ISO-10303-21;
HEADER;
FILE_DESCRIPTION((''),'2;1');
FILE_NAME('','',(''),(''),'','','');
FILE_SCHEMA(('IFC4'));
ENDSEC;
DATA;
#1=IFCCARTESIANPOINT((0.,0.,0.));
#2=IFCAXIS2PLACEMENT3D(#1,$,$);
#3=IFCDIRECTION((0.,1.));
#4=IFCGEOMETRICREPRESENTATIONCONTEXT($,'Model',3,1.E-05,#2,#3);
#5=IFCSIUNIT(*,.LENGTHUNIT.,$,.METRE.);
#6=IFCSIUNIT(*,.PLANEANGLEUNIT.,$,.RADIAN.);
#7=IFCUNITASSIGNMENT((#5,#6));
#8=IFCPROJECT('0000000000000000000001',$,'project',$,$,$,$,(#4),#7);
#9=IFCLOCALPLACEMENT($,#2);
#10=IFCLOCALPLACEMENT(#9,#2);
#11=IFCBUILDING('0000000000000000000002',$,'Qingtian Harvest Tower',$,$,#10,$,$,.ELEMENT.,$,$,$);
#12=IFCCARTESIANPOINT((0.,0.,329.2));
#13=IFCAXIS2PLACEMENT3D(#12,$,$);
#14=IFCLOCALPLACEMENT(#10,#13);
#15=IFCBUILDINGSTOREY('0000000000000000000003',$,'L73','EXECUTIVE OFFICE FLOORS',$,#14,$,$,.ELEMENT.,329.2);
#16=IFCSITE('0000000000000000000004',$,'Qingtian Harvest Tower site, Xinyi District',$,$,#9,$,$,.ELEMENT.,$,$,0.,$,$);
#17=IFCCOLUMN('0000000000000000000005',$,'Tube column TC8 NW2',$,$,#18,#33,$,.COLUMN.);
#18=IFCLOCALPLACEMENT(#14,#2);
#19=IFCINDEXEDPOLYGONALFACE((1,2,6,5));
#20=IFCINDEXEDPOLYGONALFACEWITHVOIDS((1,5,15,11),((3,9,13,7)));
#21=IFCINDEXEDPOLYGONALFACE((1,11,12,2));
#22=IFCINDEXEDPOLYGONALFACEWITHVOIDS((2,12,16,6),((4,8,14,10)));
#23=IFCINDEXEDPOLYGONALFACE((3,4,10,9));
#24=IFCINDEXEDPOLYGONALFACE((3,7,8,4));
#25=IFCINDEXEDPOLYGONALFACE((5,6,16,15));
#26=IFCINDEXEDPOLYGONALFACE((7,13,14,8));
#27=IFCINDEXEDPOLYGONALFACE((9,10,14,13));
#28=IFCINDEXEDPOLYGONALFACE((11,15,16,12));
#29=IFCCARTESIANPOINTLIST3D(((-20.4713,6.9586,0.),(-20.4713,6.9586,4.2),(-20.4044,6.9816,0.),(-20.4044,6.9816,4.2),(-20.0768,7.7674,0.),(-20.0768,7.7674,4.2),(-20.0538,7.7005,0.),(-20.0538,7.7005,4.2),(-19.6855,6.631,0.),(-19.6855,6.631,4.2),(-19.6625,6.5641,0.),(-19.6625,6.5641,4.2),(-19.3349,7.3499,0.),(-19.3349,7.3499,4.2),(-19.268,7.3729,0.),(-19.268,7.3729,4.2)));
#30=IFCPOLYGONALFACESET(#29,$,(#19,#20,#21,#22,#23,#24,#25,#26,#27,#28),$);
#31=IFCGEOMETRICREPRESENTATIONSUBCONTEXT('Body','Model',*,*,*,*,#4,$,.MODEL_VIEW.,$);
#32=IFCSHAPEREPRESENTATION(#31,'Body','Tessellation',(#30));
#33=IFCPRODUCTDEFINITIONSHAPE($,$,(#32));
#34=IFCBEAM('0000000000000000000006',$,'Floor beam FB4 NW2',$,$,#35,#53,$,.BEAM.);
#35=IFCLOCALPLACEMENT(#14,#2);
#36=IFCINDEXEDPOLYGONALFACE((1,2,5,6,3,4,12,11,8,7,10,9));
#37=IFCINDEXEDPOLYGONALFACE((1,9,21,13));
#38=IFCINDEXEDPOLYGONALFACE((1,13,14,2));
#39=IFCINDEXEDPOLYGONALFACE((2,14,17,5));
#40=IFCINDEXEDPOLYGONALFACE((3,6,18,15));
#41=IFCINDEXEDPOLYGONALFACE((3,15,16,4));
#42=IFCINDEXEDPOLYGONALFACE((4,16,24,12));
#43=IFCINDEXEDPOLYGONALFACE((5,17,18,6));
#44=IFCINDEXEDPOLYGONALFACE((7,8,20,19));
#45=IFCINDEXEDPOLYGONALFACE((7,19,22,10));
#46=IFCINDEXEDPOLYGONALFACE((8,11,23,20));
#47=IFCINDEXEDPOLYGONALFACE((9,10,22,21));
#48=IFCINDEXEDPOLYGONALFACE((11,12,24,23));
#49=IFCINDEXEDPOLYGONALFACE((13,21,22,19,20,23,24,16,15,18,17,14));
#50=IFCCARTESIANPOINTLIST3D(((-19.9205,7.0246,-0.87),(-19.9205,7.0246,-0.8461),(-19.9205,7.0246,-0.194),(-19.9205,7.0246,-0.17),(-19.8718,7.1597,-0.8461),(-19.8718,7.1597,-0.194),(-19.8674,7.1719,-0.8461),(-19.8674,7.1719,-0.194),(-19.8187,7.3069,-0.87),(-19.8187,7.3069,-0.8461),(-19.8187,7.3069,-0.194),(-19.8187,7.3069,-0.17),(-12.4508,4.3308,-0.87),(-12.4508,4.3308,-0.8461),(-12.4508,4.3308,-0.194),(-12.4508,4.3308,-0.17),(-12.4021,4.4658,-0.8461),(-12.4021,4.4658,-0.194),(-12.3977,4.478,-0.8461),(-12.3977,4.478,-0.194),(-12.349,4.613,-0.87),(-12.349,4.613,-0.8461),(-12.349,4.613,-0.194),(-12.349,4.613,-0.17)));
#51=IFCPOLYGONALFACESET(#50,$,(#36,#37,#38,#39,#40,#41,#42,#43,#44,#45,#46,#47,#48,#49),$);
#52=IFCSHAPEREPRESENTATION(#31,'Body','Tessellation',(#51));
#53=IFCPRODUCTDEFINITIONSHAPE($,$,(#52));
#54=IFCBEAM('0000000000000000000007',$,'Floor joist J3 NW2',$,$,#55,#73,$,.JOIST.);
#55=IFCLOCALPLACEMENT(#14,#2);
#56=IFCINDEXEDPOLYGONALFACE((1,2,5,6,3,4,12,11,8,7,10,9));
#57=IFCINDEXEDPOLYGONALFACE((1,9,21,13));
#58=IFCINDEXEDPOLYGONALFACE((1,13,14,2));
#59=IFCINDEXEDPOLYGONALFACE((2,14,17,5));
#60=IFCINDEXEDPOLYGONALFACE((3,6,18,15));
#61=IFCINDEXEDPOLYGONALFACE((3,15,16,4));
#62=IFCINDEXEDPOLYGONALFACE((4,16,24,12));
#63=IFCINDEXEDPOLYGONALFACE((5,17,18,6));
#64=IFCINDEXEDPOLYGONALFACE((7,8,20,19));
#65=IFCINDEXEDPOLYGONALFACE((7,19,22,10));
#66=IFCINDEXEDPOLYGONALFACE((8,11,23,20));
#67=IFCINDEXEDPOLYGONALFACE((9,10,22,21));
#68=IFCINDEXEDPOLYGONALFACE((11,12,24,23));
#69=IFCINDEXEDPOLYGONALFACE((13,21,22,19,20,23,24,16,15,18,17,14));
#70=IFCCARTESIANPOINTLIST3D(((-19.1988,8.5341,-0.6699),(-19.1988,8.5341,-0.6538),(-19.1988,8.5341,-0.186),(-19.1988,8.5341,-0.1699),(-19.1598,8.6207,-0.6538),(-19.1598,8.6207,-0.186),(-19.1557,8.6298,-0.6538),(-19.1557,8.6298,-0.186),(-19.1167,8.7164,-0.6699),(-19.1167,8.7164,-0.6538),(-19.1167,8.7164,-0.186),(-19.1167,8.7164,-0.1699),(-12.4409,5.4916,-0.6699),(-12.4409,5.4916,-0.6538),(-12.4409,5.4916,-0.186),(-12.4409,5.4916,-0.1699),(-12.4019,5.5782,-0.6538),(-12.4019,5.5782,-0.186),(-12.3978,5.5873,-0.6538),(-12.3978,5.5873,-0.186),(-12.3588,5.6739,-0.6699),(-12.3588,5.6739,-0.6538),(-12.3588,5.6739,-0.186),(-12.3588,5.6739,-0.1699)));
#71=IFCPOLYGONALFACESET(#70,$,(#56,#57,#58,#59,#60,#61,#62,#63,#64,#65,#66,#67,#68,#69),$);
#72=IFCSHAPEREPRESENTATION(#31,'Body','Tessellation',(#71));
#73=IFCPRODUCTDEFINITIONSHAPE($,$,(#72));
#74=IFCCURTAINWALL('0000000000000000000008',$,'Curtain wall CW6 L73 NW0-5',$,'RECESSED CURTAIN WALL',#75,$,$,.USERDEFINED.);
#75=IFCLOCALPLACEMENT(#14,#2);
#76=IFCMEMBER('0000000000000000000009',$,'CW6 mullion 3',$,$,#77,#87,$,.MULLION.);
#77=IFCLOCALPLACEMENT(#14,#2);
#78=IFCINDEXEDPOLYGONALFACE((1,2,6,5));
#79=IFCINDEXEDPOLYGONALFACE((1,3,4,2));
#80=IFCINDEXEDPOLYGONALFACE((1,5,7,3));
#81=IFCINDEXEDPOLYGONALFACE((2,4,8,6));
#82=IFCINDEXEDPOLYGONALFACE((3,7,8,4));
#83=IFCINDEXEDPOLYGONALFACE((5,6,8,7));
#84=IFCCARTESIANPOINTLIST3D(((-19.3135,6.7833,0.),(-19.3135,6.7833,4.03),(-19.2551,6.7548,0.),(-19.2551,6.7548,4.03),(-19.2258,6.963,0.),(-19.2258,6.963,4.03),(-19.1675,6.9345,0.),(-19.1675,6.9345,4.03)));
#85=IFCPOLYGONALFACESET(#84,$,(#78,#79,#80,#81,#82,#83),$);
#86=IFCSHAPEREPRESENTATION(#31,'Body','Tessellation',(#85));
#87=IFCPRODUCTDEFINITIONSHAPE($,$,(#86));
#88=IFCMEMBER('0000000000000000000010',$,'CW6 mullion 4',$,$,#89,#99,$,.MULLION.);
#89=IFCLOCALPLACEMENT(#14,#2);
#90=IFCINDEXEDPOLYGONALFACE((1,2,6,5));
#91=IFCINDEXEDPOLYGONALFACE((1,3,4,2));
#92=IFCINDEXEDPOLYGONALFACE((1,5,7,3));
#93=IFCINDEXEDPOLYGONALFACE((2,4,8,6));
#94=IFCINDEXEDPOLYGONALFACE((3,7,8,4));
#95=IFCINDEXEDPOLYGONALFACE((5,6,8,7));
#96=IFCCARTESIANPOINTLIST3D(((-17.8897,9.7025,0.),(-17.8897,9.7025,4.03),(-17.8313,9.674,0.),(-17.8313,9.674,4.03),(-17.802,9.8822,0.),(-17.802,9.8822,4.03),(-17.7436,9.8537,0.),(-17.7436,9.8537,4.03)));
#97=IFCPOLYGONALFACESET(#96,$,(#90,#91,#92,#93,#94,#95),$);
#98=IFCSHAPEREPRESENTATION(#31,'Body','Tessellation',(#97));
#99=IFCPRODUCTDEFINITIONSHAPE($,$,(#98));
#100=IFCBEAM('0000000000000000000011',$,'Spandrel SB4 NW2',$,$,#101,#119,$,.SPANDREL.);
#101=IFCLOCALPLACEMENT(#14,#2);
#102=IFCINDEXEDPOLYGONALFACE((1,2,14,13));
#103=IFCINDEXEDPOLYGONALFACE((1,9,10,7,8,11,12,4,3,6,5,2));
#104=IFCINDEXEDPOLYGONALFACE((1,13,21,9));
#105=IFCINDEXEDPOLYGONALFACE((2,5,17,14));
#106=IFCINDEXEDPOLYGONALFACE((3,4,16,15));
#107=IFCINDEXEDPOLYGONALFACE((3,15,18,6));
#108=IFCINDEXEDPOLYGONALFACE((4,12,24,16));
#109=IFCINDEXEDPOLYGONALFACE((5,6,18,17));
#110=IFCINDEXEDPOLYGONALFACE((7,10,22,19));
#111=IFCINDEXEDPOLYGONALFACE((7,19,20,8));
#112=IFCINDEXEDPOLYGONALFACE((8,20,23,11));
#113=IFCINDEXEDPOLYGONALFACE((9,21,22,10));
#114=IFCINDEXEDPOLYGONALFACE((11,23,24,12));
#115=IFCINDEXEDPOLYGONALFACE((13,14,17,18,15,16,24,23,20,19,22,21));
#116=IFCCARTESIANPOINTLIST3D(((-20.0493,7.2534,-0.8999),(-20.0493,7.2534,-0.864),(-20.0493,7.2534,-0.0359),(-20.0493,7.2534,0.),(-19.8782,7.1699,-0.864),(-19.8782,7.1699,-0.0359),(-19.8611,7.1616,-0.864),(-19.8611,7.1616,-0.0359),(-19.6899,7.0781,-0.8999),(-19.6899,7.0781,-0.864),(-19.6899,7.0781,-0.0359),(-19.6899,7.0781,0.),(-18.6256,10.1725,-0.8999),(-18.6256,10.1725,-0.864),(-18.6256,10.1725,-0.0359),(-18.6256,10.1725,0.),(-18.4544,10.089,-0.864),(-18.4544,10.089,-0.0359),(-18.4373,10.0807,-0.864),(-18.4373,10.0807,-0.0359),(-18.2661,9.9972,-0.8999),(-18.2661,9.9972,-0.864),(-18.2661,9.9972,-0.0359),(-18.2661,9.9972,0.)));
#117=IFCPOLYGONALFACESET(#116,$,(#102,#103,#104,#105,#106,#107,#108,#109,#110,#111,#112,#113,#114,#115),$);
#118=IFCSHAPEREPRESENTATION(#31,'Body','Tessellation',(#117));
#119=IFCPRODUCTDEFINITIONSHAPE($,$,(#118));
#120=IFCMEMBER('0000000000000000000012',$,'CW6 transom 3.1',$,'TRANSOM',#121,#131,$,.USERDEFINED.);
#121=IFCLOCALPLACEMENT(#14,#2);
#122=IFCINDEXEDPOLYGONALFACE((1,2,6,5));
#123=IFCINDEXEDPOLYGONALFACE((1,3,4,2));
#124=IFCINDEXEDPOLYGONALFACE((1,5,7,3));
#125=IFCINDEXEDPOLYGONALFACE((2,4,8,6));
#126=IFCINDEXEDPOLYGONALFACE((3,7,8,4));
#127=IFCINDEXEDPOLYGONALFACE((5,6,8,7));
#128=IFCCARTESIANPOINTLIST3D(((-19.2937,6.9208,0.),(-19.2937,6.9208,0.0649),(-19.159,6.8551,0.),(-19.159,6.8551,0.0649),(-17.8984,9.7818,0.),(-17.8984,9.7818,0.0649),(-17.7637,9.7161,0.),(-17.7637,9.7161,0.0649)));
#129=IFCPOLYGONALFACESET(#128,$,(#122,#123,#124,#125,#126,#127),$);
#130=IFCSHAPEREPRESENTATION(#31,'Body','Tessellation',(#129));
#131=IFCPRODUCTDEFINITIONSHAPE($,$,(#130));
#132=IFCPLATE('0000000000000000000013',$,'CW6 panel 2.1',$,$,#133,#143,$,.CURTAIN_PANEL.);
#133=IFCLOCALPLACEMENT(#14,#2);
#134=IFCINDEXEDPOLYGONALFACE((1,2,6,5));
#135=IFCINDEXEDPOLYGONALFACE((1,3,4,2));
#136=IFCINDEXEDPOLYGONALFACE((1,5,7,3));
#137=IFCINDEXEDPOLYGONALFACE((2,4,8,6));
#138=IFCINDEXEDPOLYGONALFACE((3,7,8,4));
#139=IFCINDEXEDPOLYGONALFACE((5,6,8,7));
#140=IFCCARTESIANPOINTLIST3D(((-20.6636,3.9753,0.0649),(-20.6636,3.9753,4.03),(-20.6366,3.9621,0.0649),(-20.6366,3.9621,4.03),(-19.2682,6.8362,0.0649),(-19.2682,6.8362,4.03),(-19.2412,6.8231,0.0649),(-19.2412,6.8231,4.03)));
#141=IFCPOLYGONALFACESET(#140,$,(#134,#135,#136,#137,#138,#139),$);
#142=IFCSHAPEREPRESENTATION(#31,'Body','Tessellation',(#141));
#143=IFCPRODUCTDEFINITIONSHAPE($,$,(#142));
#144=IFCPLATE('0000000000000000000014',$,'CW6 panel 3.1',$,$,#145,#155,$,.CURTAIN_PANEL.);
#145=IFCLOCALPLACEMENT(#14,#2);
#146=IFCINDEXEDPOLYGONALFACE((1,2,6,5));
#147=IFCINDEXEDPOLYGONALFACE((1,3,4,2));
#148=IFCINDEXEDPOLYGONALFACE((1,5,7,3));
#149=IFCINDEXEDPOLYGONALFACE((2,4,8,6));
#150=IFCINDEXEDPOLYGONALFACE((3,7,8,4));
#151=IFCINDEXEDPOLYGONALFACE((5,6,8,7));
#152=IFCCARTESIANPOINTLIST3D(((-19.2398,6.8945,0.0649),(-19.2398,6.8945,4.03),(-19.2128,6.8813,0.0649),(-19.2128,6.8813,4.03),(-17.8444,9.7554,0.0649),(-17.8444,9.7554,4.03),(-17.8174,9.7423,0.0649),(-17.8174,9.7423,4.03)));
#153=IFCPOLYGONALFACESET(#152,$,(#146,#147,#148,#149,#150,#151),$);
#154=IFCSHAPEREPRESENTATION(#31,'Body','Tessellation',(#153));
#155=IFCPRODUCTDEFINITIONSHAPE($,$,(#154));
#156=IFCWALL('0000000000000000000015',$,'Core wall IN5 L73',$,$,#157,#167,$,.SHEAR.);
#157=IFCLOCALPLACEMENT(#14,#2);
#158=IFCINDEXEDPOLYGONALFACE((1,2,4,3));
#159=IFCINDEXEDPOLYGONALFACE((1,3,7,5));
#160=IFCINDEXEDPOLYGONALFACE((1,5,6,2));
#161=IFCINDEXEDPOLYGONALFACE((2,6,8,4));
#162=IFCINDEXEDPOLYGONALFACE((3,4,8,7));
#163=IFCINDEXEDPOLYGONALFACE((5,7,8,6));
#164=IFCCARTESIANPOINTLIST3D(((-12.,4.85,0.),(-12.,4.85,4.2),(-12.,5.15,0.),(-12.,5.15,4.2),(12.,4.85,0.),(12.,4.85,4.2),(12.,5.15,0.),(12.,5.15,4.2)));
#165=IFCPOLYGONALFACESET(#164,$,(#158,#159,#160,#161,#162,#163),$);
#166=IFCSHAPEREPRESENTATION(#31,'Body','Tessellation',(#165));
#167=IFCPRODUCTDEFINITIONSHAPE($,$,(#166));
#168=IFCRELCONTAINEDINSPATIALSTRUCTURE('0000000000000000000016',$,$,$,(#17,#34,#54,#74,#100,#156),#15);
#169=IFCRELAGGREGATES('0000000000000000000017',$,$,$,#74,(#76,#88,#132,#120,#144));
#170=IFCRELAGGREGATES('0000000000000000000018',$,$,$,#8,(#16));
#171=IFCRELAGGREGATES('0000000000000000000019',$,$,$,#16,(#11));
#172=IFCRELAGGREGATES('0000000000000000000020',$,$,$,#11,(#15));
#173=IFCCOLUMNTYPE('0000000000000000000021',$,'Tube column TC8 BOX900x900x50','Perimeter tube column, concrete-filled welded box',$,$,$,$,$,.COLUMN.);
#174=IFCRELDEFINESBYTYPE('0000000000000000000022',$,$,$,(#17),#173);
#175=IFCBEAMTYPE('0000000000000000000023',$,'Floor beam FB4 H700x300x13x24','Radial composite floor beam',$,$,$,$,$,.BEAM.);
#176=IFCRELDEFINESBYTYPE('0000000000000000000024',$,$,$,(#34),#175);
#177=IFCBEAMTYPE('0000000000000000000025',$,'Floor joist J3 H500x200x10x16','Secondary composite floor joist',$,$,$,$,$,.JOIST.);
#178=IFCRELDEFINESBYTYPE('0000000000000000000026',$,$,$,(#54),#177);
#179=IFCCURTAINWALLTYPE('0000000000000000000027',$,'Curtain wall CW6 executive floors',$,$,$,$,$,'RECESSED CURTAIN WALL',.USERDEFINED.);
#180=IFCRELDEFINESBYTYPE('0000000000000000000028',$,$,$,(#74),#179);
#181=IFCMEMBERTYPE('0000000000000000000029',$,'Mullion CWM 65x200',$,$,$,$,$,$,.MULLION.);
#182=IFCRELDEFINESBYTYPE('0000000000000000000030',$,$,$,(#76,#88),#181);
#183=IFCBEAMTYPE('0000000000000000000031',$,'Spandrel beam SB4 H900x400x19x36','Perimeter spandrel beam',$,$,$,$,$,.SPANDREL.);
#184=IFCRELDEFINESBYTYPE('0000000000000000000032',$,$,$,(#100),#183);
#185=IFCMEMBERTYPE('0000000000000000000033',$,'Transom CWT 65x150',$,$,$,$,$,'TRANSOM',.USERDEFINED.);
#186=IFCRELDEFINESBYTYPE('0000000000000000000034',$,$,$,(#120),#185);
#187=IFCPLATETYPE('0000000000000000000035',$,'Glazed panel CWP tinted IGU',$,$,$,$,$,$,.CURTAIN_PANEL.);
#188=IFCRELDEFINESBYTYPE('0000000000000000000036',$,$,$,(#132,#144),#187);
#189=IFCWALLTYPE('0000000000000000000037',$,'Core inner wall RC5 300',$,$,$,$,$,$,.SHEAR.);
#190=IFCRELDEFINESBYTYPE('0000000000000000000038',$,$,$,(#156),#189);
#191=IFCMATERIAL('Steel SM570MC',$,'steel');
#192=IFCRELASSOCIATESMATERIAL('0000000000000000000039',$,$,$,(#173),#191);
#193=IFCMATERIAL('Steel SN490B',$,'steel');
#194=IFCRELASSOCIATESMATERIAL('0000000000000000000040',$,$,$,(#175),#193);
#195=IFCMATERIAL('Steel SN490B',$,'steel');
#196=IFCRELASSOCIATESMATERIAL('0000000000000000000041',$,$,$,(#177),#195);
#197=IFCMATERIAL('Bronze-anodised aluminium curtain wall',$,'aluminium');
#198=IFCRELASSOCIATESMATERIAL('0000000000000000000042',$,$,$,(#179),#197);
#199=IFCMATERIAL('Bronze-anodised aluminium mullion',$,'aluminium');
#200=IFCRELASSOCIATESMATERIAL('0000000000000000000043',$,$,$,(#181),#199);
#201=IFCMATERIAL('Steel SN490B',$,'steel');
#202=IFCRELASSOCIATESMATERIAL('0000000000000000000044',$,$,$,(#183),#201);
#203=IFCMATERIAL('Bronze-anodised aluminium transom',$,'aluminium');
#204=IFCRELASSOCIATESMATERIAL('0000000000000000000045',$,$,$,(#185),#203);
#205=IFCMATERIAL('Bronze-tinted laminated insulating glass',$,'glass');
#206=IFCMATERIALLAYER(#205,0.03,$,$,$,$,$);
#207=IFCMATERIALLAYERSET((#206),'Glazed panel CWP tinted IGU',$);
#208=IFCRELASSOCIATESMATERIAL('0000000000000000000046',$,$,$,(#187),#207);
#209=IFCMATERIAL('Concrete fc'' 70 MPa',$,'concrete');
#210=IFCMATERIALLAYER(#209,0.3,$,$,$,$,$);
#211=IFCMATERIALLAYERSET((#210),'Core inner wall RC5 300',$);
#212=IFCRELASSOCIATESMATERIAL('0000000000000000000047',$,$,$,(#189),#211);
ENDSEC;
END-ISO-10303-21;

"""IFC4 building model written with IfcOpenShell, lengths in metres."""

from ifc_helpers import new_model, si_unit, direction, frame, frame_2d, origin, origin_2d, place, context, subcontext, project, spatial, rectangle, hollow_rectangle, i_section, extrude, material, layer, layer_set, material_profile, profile_set, type_object, element, aggregate, save


model = new_model("IFC4")

# Units and contexts
model_context = context("Model", 3, precision=1e-05, world=origin(), true_north=direction((0.0, 1.0)))
body_context = subcontext(model_context, "Body", "Model", "MODEL_VIEW")
ifc_project = project(units=[si_unit("LENGTHUNIT", "METRE"), si_unit("PLANEANGLEUNIT", "RADIAN")], contexts=[model_context])

# Site, building, storey
site_placement = place(None, origin())
site = spatial("IfcSite", under=ifc_project, at=site_placement, Name="Qingtian Harvest Tower site, Xinyi District", CompositionType="ELEMENT", RefElevation=0.0)
building_placement = place(site_placement, origin())
building = spatial("IfcBuilding", under=site, at=building_placement, Name="Qingtian Harvest Tower", CompositionType="ELEMENT")
storey_placement = place(building_placement, frame((0.0, 0.0, 329.2)))
storey = spatial("IfcBuildingStorey", under=building, at=storey_placement, Name="L73", Description="EXECUTIVE OFFICE FLOORS", CompositionType="ELEMENT", Elevation=329.2)

# Column
ifc_material_1 = material(Name="Steel SM570MC", Category="steel")
ifc_material_profile_1 = material_profile(ifc_material_1, hollow_rectangle(XDim=0.8999, YDim=0.8999, WallThickness=0.05, at=origin_2d()), Name="BOX900x900x50")
ifc_profile_set_1 = profile_set([ifc_material_profile_1], Name="Steel SM570MC")
column_type = type_object("IfcColumnType", Name="Tube column TC8 BOX900x900x50", Description="Perimeter tube column, concrete-filled welded box", PredefinedType="COLUMN", material=ifc_profile_set_1)
column_placement = place(storey_placement, frame((-19.8696, 7.1658, 0.0), z_axis=(0.0, 0.0, 1.0), x_axis=(-0.438371, -0.898794, 0.0)))
element("IfcColumn", 1, at=column_placement, inside=storey, type_object=column_type, Name="Tube column TC8 NW2", PredefinedType="COLUMN", context=body_context, shape_type="SweptSolid", body=[
    extrude(hollow_rectangle(XDim=0.8999, YDim=0.8999, WallThickness=0.05, at=origin_2d()), origin(), (0.0, 0.0, 1.0), 4.2),
])

# Beams
ifc_material_2 = material(Name="Steel SN490B", Category="steel")
ifc_material_profile_2 = material_profile(ifc_material_2, i_section(OverallWidth=0.3, OverallDepth=0.7, WebThickness=0.0129, FlangeThickness=0.0239, at=origin_2d()), Name="H700x300x13x24")
ifc_profile_set_2 = profile_set([ifc_material_profile_2], Name="Steel SN490B")
beam_type_1 = type_object("IfcBeamType", Name="Floor beam FB4 H700x300x13x24", Description="Radial composite floor beam", PredefinedType="BEAM", material=ifc_profile_set_2)
beam_1_placement = place(storey_placement, frame((-19.8696, 7.1658, -0.52), z_axis=(0.940697, -0.339249, 0.0), x_axis=(0.339249, 0.940697, 0.0)))
element("IfcBeam", 2, at=beam_1_placement, inside=storey, type_object=beam_type_1, Name="Floor beam FB4 NW2", PredefinedType="BEAM", context=body_context, shape_type="SweptSolid", body=[
    extrude(i_section(OverallWidth=0.3, OverallDepth=0.7, WebThickness=0.0129, FlangeThickness=0.0239, at=origin_2d()), origin(), (0.0, 0.0, 1.0), 7.9407),
])
ifc_material_3 = material(Name="Steel SN490B", Category="steel")
ifc_material_profile_3 = material_profile(ifc_material_3, i_section(OverallWidth=0.2, OverallDepth=0.5, WebThickness=0.01, FlangeThickness=0.0161, at=origin_2d()), Name="H500x200x10x16")
ifc_profile_set_3 = profile_set([ifc_material_profile_3], Name="Steel SN490B")
beam_type_2 = type_object("IfcBeamType", Name="Floor joist J3 H500x200x10x16", Description="Secondary composite floor joist", PredefinedType="JOIST", material=ifc_profile_set_3)
beam_2_placement = place(storey_placement, frame((-19.1577, 8.6252, -0.4199), z_axis=(0.911848, -0.410529, 0.0), x_axis=(0.410529, 0.911848, 0.0)))
element("IfcBeam", 3, at=beam_2_placement, inside=storey, type_object=beam_type_2, Name="Floor joist J3 NW2", PredefinedType="JOIST", context=body_context, shape_type="SweptSolid", body=[
    extrude(i_section(OverallWidth=0.2, OverallDepth=0.5, WebThickness=0.01, FlangeThickness=0.0161, at=origin_2d()), origin(), (0.0, 0.0, 1.0), 7.4111),
])

# Curtain wall, members
ifc_material_4 = material(Name="Bronze-anodised aluminium curtain wall", Category="aluminium")
curtain_wall_type = type_object("IfcCurtainWallType", Name="Curtain wall CW6 executive floors", ElementType="RECESSED CURTAIN WALL", PredefinedType="USERDEFINED", material=ifc_material_4)
curtain_wall_placement = place(storey_placement, origin())
curtain_wall = element("IfcCurtainWall", 4, at=curtain_wall_placement, inside=storey, type_object=curtain_wall_type, Name="Curtain wall CW6 L73 NW0-5", ObjectType="RECESSED CURTAIN WALL", PredefinedType="USERDEFINED")
ifc_material_5 = material(Name="Bronze-anodised aluminium mullion", Category="aluminium")
ifc_material_profile_4 = material_profile(ifc_material_5, rectangle(XDim=0.0649, YDim=0.2, at=origin_2d()), Name="AL 65x200")
ifc_profile_set_4 = profile_set([ifc_material_profile_4], Name="Bronze-anodised aluminium mullion")
member_type_1 = type_object("IfcMemberType", Name="Mullion CWM 65x200", PredefinedType="MULLION", material=ifc_profile_set_4)
member_1_placement = place(storey_placement, frame((-19.2405, 6.8589, 0.0), z_axis=(0.0, 0.0, 1.0), x_axis=(-0.898794, 0.438371, 0.0)))
member_1 = element("IfcMember", 5, at=member_1_placement, type_object=member_type_1, Name="CW6 mullion 3", PredefinedType="MULLION", context=body_context, shape_type="SweptSolid", body=[
    extrude(rectangle(XDim=0.0649, YDim=0.2, at=origin_2d()), origin(), (0.0, 0.0, 1.0), 4.03),
])
member_2_placement = place(storey_placement, frame((-17.8167, 9.7781, 0.0), z_axis=(0.0, 0.0, 1.0), x_axis=(-0.898794, 0.438371, 0.0)))
member_2 = element("IfcMember", 6, at=member_2_placement, type_object=member_type_1, Name="CW6 mullion 4", PredefinedType="MULLION", context=body_context, shape_type="SweptSolid", body=[
    extrude(rectangle(XDim=0.0649, YDim=0.2, at=origin_2d()), origin(), (0.0, 0.0, 1.0), 4.03),
])

# Beam
ifc_material_6 = material(Name="Steel SN490B", Category="steel")
ifc_material_profile_5 = material_profile(ifc_material_6, i_section(OverallWidth=0.3999, OverallDepth=0.8999, WebThickness=0.019, FlangeThickness=0.0359, at=origin_2d()), Name="H900x400x19x36")
ifc_profile_set_5 = profile_set([ifc_material_profile_5], Name="Steel SN490B")
beam_type_3 = type_object("IfcBeamType", Name="Spandrel beam SB4 H900x400x19x36", Description="Perimeter spandrel beam", PredefinedType="SPANDREL", material=ifc_profile_set_5)
beam_3_placement = place(storey_placement, frame((-19.8696, 7.1658, -0.45), z_axis=(0.438382, 0.898789, 0.0), x_axis=(-0.898789, 0.438382, 0.0)))
element("IfcBeam", 7, at=beam_3_placement, inside=storey, type_object=beam_type_3, Name="Spandrel SB4 NW2", PredefinedType="SPANDREL", context=body_context, shape_type="SweptSolid", body=[
    extrude(i_section(OverallWidth=0.3999, OverallDepth=0.8999, WebThickness=0.019, FlangeThickness=0.0359, at=origin_2d()), origin(), (0.0, 0.0, 1.0), 3.2478),
])

# Member
ifc_material_7 = material(Name="Bronze-anodised aluminium transom", Category="aluminium")
ifc_material_profile_6 = material_profile(ifc_material_7, rectangle(XDim=0.1499, YDim=0.0649, at=origin_2d()), Name="AL 65x150")
ifc_profile_set_6 = profile_set([ifc_material_profile_6], Name="Bronze-anodised aluminium transom")
member_type_2 = type_object("IfcMemberType", Name="Transom CWT 65x150", ElementType="TRANSOM", PredefinedType="USERDEFINED", material=ifc_profile_set_6)
member_3_placement = place(storey_placement, frame((-19.2263, 6.8879, 0.0325), z_axis=(0.438325, 0.898816, 0.0), x_axis=(-0.898816, 0.438325, 0.0)))
member_3 = element("IfcMember", 8, at=member_3_placement, type_object=member_type_2, Name="CW6 transom 3.1", ObjectType="TRANSOM", PredefinedType="USERDEFINED", context=body_context, shape_type="SweptSolid", body=[
    extrude(rectangle(XDim=0.1499, YDim=0.0649, at=origin_2d()), origin(), (0.0, 0.0, 1.0), 3.1831),
])

# Plates
ifc_material_8 = material(Name="Bronze-tinted laminated insulating glass", Category="glass")
ifc_layer_1 = layer(ifc_material_8, 0.03)
ifc_layer_set_1 = layer_set([ifc_layer_1], Name="Glazed panel CWP tinted IGU")
plate_type = type_object("IfcPlateType", Name="Glazed panel CWP tinted IGU", PredefinedType="CURTAIN_PANEL", material=ifc_layer_set_1)
plate_1_placement = place(storey_placement, frame((-19.9524, 5.3992, 0.0649), z_axis=(0.0, 0.0, 1.0), x_axis=(0.438371, 0.898794, 0.0)))
plate_1 = element("IfcPlate", 9, at=plate_1_placement, type_object=plate_type, Name="CW6 panel 2.1", PredefinedType="CURTAIN_PANEL", context=body_context, shape_type="SweptSolid", body=[
    extrude(rectangle(XDim=3.1831, YDim=0.03, at=origin_2d()), origin(), (0.0, 0.0, 1.0), 3.9651),
])
plate_2_placement = place(storey_placement, frame((-18.5286, 8.3184, 0.0649), z_axis=(0.0, 0.0, 1.0), x_axis=(0.438371, 0.898794, 0.0)))
plate_2 = element("IfcPlate", 10, at=plate_2_placement, type_object=plate_type, Name="CW6 panel 3.1", PredefinedType="CURTAIN_PANEL", context=body_context, shape_type="SweptSolid", body=[
    extrude(rectangle(XDim=3.1831, YDim=0.03, at=origin_2d()), origin(), (0.0, 0.0, 1.0), 3.9651),
])
aggregate(curtain_wall, [member_1, member_2, plate_1, member_3, plate_2])

# Wall
ifc_material_9 = material(Name="Concrete fc' 70 MPa", Category="concrete")
ifc_layer_2 = layer(ifc_material_9, 0.3)
ifc_layer_set_2 = layer_set([ifc_layer_2], Name="Core inner wall RC5 300")
wall_type_1 = type_object("IfcWallType", Name="Core inner wall RC5 300", PredefinedType="SHEAR", material=ifc_layer_set_2)
wall_1_placement = place(storey_placement, frame((-12.0, 5.0, 0.0), z_axis=(0.0, 0.0, 1.0), x_axis=(1.0, 0.0, 0.0)))
element("IfcWall", 11, at=wall_1_placement, inside=storey, type_object=wall_type_1, Name="Core wall IN5 L73", PredefinedType="SHEAR", context=body_context, shape_type="SweptSolid", body=[
    extrude(rectangle(XDim=24.0, YDim=0.3, at=frame_2d((12.0, 0.0))), origin(), (0.0, 0.0, 1.0), 4.2),
])

save(model, "model.ifc")
